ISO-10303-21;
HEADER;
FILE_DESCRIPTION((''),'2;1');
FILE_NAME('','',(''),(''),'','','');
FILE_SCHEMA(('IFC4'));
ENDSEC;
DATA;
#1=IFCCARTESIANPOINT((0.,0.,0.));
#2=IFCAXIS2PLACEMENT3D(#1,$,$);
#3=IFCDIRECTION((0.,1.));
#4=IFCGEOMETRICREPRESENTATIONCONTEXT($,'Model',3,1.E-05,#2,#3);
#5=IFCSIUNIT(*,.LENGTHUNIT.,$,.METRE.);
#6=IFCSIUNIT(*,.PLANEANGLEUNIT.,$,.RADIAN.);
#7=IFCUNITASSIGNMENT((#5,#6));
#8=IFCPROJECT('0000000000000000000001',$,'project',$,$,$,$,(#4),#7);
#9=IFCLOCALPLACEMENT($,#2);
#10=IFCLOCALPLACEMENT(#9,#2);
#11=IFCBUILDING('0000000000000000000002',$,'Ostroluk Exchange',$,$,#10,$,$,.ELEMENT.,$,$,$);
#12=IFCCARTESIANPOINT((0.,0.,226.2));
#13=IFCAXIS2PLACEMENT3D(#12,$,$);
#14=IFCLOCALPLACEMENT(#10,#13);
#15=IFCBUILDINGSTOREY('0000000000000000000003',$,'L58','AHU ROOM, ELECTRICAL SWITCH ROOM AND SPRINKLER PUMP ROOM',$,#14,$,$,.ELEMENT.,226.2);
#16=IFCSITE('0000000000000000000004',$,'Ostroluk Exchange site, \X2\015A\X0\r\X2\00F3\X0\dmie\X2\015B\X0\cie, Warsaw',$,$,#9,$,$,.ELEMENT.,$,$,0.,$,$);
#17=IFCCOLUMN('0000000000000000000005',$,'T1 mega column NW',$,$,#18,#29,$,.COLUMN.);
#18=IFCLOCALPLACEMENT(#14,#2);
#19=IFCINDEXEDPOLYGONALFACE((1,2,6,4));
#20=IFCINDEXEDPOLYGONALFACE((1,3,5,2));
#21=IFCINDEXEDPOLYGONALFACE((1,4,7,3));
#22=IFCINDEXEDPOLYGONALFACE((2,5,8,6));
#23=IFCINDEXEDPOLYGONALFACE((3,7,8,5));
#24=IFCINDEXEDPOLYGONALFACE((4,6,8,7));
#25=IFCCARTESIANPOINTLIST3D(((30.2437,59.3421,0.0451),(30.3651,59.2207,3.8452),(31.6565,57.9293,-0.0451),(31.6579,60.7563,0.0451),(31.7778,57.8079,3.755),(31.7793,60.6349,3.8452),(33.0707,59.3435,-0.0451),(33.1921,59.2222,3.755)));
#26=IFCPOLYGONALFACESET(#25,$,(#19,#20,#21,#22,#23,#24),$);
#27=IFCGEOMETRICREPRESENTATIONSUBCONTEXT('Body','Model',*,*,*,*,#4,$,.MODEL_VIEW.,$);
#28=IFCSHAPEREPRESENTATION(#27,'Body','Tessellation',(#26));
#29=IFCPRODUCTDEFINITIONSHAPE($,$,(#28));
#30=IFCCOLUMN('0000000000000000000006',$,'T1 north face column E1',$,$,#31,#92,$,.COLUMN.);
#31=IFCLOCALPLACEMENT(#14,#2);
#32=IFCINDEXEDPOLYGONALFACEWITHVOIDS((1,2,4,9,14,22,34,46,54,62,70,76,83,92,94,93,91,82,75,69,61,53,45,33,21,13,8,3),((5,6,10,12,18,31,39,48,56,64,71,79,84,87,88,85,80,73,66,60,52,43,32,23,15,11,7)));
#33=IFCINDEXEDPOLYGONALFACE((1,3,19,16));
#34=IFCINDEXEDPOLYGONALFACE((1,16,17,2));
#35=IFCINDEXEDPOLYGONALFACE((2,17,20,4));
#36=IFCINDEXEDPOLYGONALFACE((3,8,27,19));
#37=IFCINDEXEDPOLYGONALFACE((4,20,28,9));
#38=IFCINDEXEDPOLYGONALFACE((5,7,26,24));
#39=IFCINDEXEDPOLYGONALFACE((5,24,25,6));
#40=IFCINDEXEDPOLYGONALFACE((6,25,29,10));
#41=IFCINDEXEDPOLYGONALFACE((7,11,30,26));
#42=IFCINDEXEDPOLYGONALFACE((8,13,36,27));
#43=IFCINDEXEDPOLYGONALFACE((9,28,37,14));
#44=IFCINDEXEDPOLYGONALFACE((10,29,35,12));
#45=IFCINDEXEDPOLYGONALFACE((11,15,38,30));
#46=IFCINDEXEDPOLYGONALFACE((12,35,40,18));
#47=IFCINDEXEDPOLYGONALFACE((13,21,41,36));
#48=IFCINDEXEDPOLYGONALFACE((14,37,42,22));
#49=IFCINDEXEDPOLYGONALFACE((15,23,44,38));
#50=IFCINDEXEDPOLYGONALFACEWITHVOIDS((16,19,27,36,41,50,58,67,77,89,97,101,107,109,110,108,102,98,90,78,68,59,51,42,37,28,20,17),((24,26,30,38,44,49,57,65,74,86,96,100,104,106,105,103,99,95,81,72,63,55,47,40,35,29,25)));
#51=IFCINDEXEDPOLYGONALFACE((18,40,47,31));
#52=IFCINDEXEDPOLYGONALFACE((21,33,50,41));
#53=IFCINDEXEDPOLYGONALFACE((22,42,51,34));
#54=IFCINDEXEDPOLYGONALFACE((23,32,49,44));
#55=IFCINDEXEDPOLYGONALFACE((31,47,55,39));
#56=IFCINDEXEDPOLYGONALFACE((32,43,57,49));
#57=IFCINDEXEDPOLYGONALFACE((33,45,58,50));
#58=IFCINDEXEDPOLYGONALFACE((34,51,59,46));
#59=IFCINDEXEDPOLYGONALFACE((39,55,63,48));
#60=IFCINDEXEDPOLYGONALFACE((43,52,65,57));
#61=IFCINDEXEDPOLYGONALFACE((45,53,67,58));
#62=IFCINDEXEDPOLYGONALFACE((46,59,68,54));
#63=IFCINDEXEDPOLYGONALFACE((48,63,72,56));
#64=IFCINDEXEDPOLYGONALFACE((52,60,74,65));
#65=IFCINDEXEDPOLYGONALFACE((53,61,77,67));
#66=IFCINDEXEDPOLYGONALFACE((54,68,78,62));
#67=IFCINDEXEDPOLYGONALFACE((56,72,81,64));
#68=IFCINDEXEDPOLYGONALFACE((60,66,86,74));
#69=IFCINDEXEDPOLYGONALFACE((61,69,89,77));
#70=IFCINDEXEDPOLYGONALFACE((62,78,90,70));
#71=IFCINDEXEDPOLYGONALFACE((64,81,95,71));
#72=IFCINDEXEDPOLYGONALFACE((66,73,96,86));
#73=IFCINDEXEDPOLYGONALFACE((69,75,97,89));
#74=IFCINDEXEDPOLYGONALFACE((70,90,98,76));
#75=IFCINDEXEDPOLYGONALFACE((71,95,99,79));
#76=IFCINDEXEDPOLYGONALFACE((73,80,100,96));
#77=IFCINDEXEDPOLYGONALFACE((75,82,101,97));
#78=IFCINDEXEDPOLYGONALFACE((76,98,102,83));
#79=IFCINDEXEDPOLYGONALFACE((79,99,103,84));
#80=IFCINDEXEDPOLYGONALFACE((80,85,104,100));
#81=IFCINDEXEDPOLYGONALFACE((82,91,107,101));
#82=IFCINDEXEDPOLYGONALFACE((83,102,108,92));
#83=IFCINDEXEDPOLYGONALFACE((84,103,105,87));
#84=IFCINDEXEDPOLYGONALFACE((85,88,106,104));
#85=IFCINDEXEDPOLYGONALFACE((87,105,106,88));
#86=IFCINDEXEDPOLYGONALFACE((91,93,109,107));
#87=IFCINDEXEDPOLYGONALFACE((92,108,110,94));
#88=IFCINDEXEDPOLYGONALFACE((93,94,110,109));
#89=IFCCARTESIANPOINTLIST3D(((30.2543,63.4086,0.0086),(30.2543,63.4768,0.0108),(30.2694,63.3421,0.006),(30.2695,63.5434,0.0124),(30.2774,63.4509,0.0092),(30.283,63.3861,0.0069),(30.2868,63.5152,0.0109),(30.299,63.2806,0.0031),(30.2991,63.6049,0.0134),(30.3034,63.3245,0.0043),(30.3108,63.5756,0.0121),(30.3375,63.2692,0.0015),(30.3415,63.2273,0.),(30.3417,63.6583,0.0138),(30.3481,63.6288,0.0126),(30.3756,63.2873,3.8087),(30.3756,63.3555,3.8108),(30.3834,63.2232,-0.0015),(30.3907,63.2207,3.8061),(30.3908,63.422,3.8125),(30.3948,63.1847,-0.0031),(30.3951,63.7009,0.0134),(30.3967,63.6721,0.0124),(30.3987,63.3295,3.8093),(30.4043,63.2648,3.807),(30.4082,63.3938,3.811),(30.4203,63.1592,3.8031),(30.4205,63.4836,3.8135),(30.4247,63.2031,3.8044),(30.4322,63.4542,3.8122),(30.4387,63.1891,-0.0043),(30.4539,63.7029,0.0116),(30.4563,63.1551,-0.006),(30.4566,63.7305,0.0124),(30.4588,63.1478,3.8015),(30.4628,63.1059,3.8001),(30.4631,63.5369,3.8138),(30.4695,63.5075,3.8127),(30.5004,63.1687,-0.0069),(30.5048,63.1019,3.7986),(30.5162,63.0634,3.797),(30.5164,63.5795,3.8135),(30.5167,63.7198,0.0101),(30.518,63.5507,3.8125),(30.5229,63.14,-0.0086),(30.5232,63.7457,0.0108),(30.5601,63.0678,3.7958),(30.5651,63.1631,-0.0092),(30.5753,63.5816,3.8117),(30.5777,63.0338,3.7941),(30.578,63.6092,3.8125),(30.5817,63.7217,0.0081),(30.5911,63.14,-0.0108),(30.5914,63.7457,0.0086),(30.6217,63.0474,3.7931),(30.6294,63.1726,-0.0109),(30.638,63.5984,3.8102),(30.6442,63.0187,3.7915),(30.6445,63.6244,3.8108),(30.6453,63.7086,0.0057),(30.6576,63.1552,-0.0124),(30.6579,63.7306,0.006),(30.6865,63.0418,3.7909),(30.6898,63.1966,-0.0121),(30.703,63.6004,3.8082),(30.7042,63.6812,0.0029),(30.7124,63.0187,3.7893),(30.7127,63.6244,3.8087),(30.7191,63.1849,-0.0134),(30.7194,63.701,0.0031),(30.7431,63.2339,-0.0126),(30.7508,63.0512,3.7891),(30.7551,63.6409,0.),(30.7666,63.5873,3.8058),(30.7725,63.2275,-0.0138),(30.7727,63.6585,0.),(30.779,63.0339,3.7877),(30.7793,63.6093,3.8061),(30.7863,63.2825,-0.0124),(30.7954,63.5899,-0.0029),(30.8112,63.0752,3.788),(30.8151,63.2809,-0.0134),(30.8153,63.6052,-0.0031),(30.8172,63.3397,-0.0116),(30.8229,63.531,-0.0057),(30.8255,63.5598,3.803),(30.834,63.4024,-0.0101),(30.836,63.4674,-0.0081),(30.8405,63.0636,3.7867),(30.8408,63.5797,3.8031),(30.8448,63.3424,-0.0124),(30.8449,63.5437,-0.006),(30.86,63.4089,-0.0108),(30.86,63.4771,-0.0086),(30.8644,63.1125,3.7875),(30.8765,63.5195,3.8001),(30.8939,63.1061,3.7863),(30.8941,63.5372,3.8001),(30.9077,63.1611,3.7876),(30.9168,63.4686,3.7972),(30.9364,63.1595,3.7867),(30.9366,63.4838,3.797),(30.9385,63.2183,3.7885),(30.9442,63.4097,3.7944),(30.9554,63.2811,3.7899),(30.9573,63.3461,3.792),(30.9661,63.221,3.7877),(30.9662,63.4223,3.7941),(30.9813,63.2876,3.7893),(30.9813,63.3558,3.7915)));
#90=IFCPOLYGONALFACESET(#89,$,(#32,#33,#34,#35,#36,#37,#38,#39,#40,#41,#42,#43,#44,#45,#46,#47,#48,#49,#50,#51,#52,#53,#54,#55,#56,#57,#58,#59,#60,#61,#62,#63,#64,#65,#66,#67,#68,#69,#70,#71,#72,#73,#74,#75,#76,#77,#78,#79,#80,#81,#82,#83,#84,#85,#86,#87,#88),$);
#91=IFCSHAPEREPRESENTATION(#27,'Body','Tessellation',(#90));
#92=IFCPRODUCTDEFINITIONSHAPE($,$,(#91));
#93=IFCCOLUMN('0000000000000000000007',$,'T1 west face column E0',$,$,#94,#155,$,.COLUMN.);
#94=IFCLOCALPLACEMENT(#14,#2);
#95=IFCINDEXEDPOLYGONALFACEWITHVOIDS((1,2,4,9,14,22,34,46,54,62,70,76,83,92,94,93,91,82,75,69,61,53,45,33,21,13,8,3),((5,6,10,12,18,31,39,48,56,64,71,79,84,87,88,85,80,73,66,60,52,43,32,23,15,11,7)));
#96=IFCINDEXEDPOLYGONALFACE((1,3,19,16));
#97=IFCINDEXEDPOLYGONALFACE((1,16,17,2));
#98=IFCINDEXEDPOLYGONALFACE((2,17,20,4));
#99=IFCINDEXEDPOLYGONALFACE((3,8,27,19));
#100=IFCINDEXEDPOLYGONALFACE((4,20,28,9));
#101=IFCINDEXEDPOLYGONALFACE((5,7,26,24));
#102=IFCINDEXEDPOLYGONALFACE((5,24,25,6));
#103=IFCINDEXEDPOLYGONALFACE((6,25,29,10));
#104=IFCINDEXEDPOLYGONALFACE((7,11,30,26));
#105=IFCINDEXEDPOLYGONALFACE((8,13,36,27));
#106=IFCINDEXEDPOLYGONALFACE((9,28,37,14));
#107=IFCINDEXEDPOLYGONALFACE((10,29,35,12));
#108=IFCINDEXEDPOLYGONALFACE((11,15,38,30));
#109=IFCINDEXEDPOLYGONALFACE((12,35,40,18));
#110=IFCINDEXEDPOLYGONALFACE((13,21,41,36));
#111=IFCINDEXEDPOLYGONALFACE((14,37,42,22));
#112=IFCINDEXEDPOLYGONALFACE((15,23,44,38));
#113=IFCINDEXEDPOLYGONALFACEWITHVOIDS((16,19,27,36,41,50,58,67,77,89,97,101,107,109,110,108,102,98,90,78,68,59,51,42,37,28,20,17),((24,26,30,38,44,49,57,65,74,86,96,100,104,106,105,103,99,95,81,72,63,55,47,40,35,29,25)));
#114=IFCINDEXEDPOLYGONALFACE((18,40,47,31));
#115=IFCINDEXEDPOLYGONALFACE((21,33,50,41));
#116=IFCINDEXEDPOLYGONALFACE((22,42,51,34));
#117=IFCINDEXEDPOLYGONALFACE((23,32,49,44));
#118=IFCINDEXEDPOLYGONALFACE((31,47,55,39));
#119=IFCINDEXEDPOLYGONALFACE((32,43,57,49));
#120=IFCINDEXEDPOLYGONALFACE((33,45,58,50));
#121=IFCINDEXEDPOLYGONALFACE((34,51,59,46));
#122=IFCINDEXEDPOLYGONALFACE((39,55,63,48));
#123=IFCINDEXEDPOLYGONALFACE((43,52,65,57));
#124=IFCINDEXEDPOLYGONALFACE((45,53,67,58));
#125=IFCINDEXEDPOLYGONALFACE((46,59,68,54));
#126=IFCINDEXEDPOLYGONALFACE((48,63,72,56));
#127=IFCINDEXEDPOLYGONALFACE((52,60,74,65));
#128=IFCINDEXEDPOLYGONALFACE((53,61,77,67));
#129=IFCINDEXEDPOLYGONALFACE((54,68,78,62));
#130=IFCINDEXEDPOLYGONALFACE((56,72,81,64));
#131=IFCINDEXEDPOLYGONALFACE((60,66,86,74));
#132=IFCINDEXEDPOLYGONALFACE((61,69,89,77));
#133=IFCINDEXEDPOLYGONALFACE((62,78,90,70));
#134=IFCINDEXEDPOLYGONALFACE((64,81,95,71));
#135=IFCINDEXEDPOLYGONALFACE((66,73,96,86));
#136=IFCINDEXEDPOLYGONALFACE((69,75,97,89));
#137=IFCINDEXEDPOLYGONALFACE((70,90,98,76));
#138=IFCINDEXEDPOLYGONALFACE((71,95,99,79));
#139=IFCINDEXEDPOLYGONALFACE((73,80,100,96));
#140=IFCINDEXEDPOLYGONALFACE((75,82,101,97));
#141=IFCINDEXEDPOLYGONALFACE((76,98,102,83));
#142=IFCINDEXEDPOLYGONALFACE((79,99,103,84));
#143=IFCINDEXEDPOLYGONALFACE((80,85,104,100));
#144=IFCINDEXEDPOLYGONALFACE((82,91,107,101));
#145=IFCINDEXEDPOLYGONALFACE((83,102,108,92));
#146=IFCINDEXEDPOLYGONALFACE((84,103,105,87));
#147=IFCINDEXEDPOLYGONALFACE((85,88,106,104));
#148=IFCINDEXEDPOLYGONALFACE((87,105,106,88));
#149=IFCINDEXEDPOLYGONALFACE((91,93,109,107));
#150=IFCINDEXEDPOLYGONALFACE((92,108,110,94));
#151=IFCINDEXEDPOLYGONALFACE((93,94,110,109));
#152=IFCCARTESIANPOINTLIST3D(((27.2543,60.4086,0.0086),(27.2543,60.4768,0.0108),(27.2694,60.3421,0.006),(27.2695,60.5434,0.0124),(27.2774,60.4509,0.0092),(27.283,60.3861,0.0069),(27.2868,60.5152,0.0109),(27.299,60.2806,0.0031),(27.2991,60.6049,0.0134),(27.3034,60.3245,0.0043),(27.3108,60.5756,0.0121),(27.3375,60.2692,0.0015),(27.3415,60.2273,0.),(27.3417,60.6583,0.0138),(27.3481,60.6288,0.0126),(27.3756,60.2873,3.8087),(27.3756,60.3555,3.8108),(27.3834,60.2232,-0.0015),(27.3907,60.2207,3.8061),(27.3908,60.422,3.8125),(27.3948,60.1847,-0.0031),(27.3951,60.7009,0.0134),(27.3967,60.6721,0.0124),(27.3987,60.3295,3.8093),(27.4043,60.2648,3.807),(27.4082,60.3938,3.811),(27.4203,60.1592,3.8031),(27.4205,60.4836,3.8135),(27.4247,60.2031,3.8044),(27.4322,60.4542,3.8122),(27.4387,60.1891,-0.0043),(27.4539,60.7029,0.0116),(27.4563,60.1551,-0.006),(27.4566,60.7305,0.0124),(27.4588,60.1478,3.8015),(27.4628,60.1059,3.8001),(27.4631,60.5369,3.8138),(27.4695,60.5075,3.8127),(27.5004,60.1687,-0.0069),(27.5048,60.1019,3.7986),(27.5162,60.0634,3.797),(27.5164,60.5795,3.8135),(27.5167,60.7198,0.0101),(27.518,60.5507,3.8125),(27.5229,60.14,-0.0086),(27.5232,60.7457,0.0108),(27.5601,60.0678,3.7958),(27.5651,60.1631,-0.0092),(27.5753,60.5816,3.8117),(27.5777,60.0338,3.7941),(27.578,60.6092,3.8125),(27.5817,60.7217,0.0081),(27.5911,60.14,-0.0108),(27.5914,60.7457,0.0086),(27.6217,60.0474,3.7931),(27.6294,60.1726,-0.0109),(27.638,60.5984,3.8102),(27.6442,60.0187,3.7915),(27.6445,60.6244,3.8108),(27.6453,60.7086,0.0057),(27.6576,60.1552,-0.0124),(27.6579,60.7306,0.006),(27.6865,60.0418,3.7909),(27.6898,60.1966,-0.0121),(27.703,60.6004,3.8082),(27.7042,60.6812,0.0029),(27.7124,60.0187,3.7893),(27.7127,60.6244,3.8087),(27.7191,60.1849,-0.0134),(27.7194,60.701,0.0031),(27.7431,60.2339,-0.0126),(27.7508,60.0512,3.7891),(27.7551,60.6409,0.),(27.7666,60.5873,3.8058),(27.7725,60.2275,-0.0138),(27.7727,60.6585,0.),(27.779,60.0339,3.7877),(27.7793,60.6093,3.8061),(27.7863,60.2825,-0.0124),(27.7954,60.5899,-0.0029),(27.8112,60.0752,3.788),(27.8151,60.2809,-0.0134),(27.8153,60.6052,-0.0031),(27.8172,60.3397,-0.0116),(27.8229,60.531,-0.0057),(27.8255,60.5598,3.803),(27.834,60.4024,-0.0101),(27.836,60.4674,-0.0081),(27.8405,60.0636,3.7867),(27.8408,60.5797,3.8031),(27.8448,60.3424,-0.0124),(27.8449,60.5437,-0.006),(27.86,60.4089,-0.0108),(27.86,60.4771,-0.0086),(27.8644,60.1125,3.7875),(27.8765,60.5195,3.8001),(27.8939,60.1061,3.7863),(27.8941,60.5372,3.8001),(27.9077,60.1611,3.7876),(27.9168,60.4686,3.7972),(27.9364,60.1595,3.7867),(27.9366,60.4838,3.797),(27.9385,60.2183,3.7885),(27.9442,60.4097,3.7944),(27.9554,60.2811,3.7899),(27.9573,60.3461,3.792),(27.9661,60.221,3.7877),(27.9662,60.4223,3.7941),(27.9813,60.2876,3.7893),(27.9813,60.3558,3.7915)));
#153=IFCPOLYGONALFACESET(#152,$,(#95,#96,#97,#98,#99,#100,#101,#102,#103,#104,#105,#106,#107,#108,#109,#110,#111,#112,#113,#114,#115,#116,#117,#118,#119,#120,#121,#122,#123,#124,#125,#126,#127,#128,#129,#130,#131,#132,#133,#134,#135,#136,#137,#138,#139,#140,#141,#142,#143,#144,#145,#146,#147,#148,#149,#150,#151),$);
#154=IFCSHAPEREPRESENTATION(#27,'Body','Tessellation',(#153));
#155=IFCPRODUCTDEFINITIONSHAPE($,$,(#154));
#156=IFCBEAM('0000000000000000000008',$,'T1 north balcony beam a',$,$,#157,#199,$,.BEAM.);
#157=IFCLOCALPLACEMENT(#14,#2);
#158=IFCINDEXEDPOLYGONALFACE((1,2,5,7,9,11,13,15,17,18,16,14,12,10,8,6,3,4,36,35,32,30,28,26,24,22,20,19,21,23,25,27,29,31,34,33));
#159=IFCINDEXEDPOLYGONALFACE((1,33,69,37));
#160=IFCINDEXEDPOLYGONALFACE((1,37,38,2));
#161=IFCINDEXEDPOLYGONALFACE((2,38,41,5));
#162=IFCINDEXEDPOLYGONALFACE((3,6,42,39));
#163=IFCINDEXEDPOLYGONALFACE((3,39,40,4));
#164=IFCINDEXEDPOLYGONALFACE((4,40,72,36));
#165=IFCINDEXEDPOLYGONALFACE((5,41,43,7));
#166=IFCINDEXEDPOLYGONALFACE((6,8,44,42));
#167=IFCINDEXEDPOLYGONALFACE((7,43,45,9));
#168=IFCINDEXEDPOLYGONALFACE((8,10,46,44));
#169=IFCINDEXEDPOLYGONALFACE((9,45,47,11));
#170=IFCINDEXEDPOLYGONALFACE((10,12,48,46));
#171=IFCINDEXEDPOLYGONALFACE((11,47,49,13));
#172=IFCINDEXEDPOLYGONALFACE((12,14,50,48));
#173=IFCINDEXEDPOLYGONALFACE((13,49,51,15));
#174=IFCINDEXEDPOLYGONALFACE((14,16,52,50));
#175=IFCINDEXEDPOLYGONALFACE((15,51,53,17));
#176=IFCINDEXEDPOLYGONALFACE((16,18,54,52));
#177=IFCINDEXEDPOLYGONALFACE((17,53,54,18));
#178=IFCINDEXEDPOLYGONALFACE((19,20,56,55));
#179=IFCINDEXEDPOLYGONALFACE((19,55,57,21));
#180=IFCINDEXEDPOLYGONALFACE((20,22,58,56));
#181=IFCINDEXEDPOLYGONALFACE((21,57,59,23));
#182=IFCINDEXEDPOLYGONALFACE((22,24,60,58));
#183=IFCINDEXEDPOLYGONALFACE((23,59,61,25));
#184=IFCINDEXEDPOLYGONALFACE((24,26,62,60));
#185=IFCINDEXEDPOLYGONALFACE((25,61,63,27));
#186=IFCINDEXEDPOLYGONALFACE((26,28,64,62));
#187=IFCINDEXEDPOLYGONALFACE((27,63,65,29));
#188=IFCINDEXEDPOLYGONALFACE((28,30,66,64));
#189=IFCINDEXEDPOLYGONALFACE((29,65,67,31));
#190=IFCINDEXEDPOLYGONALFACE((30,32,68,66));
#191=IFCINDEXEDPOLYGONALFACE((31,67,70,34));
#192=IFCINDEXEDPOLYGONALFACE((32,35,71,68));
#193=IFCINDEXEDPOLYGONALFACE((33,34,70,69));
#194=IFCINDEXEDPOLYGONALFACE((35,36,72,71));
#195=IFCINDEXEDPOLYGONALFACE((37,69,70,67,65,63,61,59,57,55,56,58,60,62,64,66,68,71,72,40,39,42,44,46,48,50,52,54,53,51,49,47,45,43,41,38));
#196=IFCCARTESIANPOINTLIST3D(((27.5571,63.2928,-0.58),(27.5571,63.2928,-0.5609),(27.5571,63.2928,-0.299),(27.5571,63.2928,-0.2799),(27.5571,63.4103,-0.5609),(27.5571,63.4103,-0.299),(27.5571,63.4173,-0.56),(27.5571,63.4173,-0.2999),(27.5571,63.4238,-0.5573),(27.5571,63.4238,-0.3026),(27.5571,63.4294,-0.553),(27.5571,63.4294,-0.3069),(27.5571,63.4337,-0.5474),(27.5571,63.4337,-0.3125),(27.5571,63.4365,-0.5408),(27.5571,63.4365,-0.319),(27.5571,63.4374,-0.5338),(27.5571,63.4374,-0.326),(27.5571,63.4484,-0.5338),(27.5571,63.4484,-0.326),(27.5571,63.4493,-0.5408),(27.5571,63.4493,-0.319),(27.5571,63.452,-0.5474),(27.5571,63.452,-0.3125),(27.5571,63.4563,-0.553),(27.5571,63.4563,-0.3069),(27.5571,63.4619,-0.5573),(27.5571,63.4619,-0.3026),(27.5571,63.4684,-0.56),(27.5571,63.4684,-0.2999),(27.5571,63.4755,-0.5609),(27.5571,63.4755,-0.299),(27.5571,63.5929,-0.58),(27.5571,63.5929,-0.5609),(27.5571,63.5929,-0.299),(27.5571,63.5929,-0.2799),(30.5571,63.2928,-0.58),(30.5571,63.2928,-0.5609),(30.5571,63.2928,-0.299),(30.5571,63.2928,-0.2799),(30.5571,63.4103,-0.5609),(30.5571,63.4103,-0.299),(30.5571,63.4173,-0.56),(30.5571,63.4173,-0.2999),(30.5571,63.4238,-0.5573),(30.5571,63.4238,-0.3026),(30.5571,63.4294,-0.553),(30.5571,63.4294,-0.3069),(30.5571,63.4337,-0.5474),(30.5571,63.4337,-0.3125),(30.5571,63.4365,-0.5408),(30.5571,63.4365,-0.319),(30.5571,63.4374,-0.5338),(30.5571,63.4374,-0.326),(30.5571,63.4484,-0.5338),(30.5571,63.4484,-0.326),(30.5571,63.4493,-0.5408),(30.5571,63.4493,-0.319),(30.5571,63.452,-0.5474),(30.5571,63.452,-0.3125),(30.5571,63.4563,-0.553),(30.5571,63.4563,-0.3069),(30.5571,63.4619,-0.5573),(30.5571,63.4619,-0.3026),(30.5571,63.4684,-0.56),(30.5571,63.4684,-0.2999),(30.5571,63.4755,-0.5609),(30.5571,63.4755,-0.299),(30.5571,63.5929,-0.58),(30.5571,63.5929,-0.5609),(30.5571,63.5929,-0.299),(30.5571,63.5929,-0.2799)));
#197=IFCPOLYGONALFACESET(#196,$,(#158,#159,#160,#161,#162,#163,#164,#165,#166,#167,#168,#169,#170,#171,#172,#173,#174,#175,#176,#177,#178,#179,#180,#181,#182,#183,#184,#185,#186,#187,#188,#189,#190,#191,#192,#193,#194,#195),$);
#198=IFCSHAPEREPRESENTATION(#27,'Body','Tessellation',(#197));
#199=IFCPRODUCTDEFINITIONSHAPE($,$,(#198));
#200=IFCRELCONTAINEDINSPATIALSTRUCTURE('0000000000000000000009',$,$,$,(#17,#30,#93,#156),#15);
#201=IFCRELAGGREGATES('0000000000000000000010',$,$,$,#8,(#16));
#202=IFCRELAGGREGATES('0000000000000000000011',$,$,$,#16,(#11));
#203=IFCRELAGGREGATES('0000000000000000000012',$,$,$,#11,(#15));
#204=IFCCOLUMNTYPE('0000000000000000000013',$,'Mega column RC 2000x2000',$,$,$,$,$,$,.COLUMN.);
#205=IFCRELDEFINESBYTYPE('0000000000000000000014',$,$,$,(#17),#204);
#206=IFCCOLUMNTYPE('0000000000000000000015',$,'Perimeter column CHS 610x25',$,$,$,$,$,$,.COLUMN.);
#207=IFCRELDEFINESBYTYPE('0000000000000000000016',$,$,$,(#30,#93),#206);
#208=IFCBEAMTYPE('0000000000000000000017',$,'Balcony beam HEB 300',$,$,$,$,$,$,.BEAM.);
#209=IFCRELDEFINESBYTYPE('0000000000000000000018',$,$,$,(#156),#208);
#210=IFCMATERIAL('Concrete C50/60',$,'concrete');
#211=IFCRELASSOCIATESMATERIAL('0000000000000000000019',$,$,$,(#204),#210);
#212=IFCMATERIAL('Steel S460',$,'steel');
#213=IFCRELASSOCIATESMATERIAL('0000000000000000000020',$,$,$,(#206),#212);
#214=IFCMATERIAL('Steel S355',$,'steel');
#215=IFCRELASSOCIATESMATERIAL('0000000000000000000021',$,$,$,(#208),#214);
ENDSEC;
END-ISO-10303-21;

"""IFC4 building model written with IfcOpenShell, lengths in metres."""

from ifc_helpers import new_model, si_unit, direction, frame, origin, origin_2d, place, context, subcontext, project, spatial, rectangle, hollow_circle, i_section, extrude, material, material_profile, profile_set, type_object, element, save


model = new_model("IFC4")

# Units and contexts
model_context = context("Model", 3, precision=1e-05, world=origin(), true_north=direction((0.0, 1.0)))
body_context = subcontext(model_context, "Body", "Model", "MODEL_VIEW")
ifc_project = project(units=[si_unit("LENGTHUNIT", "METRE"), si_unit("PLANEANGLEUNIT", "RADIAN")], contexts=[model_context])

# Site, building, storey
site_placement = place(None, origin())
site = spatial("IfcSite", under=ifc_project, at=site_placement, Name="Ostroluk Exchange site, Śródmieście, Warsaw", CompositionType="ELEMENT", RefElevation=0.0)
building_placement = place(site_placement, origin())
building = spatial("IfcBuilding", under=site, at=building_placement, Name="Ostroluk Exchange", CompositionType="ELEMENT")
storey_placement = place(building_placement, frame((0.0, 0.0, 226.2)))
storey = spatial("IfcBuildingStorey", under=building, at=storey_placement, Name="L58", Description="AHU ROOM, ELECTRICAL SWITCH ROOM AND SPRINKLER PUMP ROOM", CompositionType="ELEMENT", Elevation=226.2)

# Columns
ifc_material_1 = material(Name="Concrete C50/60", Category="concrete")
ifc_material_profile_1 = material_profile(ifc_material_1, rectangle(XDim=2.0, YDim=2.0, at=origin_2d()), Name="RC 2000x2000")
ifc_profile_set_1 = profile_set([ifc_material_profile_1], Name="Concrete C50/60")
column_type_1 = type_object("IfcColumnType", Name="Mega column RC 2000x2000", PredefinedType="COLUMN", material=ifc_profile_set_1)
column_placement = place(storey_placement, frame((31.6572, 59.3428, 0.0), z_axis=(0.031898, -0.031898, 0.998982), x_axis=(0.707107, 0.707107, 0.0)))
element("IfcColumn", 1, at=column_placement, inside=storey, type_object=column_type_1, Name="T1 mega column NW", PredefinedType="COLUMN", context=body_context, shape_type="SweptSolid", body=[
    extrude(rectangle(XDim=2.0, YDim=2.0, at=origin_2d()), origin(), (0.0, 0.0, 1.0), 3.804),
])
ifc_material_2 = material(Name="Steel S460", Category="steel")
ifc_material_profile_2 = material_profile(ifc_material_2, hollow_circle(Radius=0.3049, WallThickness=0.0249, at=origin_2d()), Name="CHS 610x25")
ifc_profile_set_2 = profile_set([ifc_material_profile_2], Name="Steel S460")
column_type_2 = type_object("IfcColumnType", Name="Perimeter column CHS 610x25", PredefinedType="COLUMN", material=ifc_profile_set_2)
for number, where, z_axis, x_axis, name in (
    (2, (30.5571, 63.4429, 0.0), (0.031898, -0.031898, 0.998982), (0.707107, 0.707107, 0.0), "T1 north face column E1"),
    (3, (27.5571, 60.4429, 0.0), (0.031898, -0.031898, 0.998982), (0.707107, 0.707107, 0.0), "T1 west face column E0"),
):
    element("IfcColumn", number, at=place(storey_placement, frame(where, z_axis=z_axis, x_axis=x_axis)), inside=storey, type_object=column_type_2, Name=name, PredefinedType="COLUMN", context=body_context, shape_type="SweptSolid", body=[
        extrude(hollow_circle(Radius=0.3049, WallThickness=0.0249, at=origin_2d()), origin(), (0.0, 0.0, 1.0), 3.804),
    ])

# Beam
ifc_material_3 = material(Name="Steel S355", Category="steel")
ifc_material_profile_3 = material_profile(ifc_material_3, i_section(OverallWidth=0.3, OverallDepth=0.3, WebThickness=0.011, FlangeThickness=0.019, FilletRadius=0.0271, at=origin_2d()), Name="HEB 300")
ifc_profile_set_3 = profile_set([ifc_material_profile_3], Name="Steel S355")
beam_type = type_object("IfcBeamType", Name="Balcony beam HEB 300", PredefinedType="BEAM", material=ifc_profile_set_3)
for number, where, z_axis, x_axis, name in (
    (4, (30.5571, 63.4429, -0.4299), (-1.0, 0.0, 0.0), (0.0, -1.0, 0.0), "T1 north balcony beam a"),
):
    element("IfcBeam", number, at=place(storey_placement, frame(where, z_axis=z_axis, x_axis=x_axis)), inside=storey, type_object=beam_type, Name=name, PredefinedType="BEAM", context=body_context, shape_type="SweptSolid", body=[
        extrude(i_section(OverallWidth=0.3, OverallDepth=0.3, WebThickness=0.011, FlangeThickness=0.019, FilletRadius=0.0271, at=origin_2d()), origin(), (0.0, 0.0, 1.0), 3.0),
    ])

save(model, "model.ifc")
